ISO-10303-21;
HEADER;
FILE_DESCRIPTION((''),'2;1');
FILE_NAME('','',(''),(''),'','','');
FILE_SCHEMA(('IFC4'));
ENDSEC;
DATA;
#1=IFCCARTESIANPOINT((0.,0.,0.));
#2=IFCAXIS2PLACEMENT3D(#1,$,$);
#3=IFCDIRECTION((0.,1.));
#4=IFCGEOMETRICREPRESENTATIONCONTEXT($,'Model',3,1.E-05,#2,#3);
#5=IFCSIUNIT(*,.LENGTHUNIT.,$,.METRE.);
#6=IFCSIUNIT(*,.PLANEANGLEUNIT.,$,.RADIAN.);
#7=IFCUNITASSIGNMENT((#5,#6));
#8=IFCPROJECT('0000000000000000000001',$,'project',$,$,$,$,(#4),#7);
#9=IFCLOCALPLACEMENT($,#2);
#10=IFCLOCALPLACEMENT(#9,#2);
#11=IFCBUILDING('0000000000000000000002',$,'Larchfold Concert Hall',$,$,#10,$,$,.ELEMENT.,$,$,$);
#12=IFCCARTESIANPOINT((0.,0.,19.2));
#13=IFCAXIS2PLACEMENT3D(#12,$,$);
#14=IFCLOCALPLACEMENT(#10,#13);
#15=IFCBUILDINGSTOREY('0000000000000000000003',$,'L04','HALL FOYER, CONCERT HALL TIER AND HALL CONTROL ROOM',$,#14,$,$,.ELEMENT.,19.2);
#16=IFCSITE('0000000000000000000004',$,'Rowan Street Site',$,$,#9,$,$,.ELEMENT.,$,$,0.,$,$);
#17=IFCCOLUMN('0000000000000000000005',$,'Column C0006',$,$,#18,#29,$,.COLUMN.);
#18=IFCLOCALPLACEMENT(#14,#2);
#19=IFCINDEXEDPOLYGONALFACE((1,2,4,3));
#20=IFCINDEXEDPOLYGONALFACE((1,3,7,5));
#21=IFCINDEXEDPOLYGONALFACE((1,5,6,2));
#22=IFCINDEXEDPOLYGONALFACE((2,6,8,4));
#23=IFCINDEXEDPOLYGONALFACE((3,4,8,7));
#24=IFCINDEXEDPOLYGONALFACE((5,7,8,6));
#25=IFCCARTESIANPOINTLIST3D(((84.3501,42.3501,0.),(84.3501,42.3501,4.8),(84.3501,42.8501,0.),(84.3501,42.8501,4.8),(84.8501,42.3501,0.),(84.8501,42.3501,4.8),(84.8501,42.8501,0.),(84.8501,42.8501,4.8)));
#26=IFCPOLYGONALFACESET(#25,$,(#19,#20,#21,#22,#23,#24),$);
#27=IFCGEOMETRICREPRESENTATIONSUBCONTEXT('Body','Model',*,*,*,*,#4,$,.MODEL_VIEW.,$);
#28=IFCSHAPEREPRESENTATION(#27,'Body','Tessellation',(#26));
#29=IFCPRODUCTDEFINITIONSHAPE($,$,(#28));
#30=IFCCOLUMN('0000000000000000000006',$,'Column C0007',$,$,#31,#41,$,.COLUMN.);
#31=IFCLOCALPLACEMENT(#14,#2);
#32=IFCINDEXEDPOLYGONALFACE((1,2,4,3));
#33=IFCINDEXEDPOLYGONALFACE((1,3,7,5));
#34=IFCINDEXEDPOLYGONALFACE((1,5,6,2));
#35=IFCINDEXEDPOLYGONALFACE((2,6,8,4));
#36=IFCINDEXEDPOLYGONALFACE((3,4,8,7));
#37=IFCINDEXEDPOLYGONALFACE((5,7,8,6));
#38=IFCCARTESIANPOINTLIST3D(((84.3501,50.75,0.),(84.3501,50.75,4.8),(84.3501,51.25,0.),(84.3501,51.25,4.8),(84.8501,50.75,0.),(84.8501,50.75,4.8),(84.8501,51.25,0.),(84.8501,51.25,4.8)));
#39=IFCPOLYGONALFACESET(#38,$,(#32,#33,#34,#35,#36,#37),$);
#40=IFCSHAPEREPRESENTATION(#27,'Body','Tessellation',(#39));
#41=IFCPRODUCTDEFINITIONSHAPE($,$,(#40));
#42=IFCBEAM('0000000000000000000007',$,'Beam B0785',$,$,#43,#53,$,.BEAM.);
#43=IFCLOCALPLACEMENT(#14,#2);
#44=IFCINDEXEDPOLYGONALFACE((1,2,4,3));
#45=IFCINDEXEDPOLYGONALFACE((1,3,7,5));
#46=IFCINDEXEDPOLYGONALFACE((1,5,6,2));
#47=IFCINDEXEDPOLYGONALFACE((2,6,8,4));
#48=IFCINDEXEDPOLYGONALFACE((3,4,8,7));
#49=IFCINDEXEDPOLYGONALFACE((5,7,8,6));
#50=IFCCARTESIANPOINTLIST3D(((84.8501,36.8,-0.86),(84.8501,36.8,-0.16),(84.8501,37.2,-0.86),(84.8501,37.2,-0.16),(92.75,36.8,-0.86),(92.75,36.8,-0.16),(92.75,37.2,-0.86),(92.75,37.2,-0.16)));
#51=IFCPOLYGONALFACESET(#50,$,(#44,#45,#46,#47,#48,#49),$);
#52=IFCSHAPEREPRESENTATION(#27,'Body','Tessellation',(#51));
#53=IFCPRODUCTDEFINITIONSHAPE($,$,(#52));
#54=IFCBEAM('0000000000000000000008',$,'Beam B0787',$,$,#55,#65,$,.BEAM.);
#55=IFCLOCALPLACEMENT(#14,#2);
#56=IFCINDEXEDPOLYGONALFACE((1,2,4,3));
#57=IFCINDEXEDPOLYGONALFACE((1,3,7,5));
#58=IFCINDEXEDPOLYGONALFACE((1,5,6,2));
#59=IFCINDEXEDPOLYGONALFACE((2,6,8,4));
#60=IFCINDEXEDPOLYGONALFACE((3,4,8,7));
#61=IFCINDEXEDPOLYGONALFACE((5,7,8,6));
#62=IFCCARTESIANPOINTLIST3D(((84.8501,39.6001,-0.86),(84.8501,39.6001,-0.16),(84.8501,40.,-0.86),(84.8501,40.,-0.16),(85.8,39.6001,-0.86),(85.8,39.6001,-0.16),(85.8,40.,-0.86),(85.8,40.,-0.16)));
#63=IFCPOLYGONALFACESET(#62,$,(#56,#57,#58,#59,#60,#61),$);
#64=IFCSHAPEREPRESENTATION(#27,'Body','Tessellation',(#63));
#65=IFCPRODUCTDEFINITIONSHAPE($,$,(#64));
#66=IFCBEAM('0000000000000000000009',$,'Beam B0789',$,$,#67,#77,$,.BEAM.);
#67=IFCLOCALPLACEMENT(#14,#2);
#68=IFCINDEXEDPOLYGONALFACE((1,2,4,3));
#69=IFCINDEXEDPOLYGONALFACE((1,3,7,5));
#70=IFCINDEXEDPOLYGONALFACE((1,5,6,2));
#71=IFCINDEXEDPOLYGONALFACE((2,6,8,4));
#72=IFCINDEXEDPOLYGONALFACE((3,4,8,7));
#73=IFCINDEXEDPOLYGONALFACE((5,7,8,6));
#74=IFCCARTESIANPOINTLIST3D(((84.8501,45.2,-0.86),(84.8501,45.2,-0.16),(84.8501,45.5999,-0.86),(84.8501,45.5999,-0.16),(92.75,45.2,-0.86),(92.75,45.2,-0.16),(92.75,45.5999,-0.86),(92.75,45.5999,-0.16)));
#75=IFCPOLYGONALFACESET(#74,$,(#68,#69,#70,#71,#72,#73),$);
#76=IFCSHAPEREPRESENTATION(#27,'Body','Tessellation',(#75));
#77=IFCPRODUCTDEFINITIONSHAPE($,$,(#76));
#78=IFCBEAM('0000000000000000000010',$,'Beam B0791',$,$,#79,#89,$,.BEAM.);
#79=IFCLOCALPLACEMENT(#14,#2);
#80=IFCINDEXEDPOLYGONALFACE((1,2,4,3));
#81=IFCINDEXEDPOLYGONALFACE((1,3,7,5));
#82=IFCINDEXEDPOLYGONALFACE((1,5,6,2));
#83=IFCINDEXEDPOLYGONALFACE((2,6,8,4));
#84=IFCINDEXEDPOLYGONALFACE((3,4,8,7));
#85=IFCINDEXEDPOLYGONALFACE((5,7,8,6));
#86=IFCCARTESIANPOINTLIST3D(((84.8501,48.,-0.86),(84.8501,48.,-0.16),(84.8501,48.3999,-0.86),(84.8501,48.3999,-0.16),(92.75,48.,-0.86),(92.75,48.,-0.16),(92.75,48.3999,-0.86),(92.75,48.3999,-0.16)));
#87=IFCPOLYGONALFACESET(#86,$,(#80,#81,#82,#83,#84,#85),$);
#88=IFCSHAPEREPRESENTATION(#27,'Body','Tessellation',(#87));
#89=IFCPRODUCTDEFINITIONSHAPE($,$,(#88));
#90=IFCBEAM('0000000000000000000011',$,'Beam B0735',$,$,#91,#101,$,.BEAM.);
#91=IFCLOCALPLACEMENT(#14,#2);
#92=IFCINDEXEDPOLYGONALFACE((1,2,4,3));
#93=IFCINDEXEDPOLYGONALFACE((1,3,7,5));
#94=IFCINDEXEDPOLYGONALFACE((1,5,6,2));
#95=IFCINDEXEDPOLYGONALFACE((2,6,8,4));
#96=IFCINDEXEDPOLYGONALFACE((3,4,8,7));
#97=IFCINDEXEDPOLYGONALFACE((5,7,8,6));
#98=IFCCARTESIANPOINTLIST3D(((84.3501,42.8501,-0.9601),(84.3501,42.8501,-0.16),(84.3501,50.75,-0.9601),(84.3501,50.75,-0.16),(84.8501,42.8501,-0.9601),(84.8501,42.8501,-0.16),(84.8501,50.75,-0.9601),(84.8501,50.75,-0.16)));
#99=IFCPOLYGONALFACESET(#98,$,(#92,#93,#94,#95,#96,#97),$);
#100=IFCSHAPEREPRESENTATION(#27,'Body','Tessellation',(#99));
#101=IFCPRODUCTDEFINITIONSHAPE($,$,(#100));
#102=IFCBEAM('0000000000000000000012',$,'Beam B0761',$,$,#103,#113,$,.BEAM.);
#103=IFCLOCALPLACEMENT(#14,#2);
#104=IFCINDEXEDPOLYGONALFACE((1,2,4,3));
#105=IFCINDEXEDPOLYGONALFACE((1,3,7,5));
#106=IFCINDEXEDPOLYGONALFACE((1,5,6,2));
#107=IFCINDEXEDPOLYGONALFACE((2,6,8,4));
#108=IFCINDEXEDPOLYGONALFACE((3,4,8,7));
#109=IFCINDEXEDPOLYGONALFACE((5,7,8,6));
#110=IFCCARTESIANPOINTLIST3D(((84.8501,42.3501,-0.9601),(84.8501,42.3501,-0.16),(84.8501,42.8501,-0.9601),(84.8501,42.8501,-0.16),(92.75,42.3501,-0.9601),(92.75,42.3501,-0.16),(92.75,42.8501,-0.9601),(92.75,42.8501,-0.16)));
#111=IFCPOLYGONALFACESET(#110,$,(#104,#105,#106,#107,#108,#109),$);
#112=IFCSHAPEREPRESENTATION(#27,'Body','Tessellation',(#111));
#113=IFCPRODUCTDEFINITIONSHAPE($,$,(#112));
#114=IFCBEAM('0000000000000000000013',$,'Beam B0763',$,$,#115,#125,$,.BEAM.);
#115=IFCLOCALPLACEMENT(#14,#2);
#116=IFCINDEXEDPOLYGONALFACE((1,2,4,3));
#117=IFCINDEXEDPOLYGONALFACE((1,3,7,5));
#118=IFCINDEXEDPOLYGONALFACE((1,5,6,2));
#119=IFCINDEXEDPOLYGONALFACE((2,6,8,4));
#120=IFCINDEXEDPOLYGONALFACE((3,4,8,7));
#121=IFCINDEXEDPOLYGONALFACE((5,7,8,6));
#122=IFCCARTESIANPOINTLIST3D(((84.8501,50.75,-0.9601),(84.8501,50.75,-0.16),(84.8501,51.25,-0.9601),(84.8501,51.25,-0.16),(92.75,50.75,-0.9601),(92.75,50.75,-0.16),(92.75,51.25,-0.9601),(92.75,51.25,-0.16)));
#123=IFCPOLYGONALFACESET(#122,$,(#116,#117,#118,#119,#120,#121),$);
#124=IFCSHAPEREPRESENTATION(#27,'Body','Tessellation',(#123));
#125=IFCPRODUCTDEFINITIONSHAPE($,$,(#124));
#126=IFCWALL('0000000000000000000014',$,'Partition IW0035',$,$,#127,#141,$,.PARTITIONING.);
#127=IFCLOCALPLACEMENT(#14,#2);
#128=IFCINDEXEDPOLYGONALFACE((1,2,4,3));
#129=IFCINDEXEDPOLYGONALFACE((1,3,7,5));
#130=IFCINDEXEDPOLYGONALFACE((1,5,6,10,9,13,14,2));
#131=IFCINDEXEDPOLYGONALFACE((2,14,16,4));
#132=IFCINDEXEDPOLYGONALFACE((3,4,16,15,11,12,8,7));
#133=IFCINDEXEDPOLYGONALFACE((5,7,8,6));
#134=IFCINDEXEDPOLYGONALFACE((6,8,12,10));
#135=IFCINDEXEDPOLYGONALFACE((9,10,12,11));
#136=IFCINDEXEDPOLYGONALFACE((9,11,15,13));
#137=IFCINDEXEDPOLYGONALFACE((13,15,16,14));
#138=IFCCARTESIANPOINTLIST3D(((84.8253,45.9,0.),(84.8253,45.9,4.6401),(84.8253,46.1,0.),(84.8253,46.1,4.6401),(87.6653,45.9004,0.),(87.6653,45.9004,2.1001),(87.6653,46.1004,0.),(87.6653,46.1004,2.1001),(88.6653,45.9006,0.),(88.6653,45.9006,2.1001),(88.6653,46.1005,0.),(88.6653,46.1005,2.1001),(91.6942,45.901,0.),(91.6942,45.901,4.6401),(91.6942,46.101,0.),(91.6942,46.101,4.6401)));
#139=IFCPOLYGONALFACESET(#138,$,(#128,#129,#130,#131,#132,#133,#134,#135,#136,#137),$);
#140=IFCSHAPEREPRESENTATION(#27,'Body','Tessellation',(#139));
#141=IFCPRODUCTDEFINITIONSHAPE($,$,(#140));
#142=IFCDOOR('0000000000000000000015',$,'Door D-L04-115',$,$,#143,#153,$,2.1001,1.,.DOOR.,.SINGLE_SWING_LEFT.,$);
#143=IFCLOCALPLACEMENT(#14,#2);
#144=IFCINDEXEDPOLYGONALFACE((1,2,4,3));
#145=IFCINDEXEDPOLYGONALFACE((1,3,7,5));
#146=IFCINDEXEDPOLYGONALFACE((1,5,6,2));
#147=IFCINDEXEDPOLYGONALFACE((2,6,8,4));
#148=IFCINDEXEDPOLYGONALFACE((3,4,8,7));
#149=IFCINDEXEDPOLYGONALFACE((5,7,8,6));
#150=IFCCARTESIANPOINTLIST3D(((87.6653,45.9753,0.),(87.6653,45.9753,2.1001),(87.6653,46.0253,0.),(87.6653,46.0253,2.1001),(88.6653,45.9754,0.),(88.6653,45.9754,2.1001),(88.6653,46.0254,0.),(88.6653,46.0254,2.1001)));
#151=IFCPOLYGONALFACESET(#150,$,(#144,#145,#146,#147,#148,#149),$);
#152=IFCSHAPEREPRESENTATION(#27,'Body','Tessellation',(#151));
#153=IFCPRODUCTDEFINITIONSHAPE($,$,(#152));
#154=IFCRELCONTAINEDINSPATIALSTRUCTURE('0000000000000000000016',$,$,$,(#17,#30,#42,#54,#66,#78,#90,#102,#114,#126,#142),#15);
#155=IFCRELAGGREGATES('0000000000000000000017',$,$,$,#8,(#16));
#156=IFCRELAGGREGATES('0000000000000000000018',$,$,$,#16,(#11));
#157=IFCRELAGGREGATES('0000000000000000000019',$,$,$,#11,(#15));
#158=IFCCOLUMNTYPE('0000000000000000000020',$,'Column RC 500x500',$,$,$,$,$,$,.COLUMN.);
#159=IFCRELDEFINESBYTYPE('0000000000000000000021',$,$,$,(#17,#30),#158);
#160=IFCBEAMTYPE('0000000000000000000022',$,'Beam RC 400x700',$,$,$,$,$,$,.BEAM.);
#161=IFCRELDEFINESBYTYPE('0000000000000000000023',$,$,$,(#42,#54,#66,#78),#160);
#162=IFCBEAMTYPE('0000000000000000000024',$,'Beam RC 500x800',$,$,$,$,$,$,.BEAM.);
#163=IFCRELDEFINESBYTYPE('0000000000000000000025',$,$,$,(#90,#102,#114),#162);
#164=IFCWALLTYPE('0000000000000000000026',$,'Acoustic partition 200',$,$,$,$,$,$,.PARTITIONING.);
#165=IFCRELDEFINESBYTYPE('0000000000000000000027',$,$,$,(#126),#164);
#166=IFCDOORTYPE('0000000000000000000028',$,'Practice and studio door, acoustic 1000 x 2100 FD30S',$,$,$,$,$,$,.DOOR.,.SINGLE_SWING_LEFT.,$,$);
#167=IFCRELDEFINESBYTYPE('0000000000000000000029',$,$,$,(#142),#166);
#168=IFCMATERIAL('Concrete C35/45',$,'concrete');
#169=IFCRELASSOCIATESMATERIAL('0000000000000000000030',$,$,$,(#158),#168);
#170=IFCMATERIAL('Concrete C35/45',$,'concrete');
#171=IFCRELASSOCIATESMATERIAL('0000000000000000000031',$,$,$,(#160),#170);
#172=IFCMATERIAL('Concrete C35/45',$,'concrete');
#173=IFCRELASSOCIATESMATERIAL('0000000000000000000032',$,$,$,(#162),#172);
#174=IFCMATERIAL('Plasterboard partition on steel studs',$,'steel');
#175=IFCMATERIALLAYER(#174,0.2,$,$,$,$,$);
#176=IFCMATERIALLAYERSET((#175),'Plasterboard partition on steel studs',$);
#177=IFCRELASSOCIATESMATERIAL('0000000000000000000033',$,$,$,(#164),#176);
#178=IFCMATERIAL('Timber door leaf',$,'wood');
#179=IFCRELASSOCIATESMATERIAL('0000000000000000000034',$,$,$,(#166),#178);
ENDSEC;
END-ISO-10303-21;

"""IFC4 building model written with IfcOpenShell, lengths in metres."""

from ifc_helpers import new_model, si_unit, direction, frame, frame_2d, origin, origin_2d, place, context, subcontext, project, spatial, rectangle, extrude, material, layer, layer_set, material_profile, profile_set, type_object, element, fill, save


model = new_model("IFC4")

# Units and contexts
model_context = context("Model", 3, precision=1e-05, world=origin(), true_north=direction((0.0, 1.0)))
body_context = subcontext(model_context, "Body", "Model", "MODEL_VIEW")
ifc_project = project(units=[si_unit("LENGTHUNIT", "METRE"), si_unit("PLANEANGLEUNIT", "RADIAN")], contexts=[model_context])

# Site, building, storey
site_placement = place(None, origin())
site = spatial("IfcSite", under=ifc_project, at=site_placement, Name="Rowan Street Site", CompositionType="ELEMENT", RefElevation=0.0)
building_placement = place(site_placement, origin())
building = spatial("IfcBuilding", under=site, at=building_placement, Name="Larchfold Concert Hall", CompositionType="ELEMENT")
storey_placement = place(building_placement, frame((0.0, 0.0, 19.2)))
storey = spatial("IfcBuildingStorey", under=building, at=storey_placement, Name="L04", Description="HALL FOYER, CONCERT HALL TIER AND HALL CONTROL ROOM", CompositionType="ELEMENT", Elevation=19.2)

# Columns
ifc_material_1 = material(Name="Concrete C35/45", Category="concrete")
ifc_material_profile_1 = material_profile(ifc_material_1, rectangle(XDim=0.5, YDim=0.5, at=origin_2d()))
ifc_profile_set_1 = profile_set([ifc_material_profile_1], Name="Concrete C35/45")
column_type = type_object("IfcColumnType", Name="Column RC 500x500", PredefinedType="COLUMN", material=ifc_profile_set_1)
for number, where, z_axis, x_axis, name in (
    (1, (84.6001, 42.6001, 0.0), (0.0, 0.0, 1.0), (1.0, 0.0, 0.0), "Column C0006"),
    (2, (84.6001, 51.0, 0.0), (0.0, 0.0, 1.0), (1.0, 0.0, 0.0), "Column C0007"),
):
    element("IfcColumn", number, at=place(storey_placement, frame(where, z_axis=z_axis, x_axis=x_axis)), inside=storey, type_object=column_type, Name=name, PredefinedType="COLUMN", context=body_context, shape_type="SweptSolid", body=[
        extrude(rectangle(XDim=0.5, YDim=0.5, at=origin_2d()), origin(), (0.0, 0.0, 1.0), 4.8),
    ])

# Beams
ifc_material_2 = material(Name="Concrete C35/45", Category="concrete")
ifc_material_profile_2 = material_profile(ifc_material_2, rectangle(XDim=0.3999, YDim=0.7, at=origin_2d()))
ifc_profile_set_2 = profile_set([ifc_material_profile_2], Name="Concrete C35/45")
beam_type_1 = type_object("IfcBeamType", Name="Beam RC 400x700", PredefinedType="BEAM", material=ifc_profile_set_2)
beam_1_placement = place(storey_placement, frame((84.8501, 37.0, -0.51), z_axis=(1.0, 0.0, 0.0), x_axis=(0.0, 1.0, 0.0)))
element("IfcBeam", 3, at=beam_1_placement, inside=storey, type_object=beam_type_1, Name="Beam B0785", PredefinedType="BEAM", context=body_context, shape_type="SweptSolid", body=[
    extrude(rectangle(XDim=0.3999, YDim=0.7, at=origin_2d()), origin(), (0.0, 0.0, 1.0), 7.8999),
])
beam_2_placement = place(storey_placement, frame((84.8501, 39.8, -0.51), z_axis=(1.0, 0.0, 0.0), x_axis=(0.0, 1.0, 0.0)))
element("IfcBeam", 4, at=beam_2_placement, inside=storey, type_object=beam_type_1, Name="Beam B0787", PredefinedType="BEAM", context=body_context, shape_type="SweptSolid", body=[
    extrude(rectangle(XDim=0.3999, YDim=0.7, at=origin_2d()), origin(), (0.0, 0.0, 1.0), 0.95),
])
for number, where, z_axis, x_axis, name in (
    (5, (84.8501, 45.3999, -0.51), (1.0, 0.0, 0.0), (0.0, 1.0, 0.0), "Beam B0789"),
    (6, (84.8501, 48.2, -0.51), (1.0, 0.0, 0.0), (0.0, 1.0, 0.0), "Beam B0791"),
):
    element("IfcBeam", number, at=place(storey_placement, frame(where, z_axis=z_axis, x_axis=x_axis)), inside=storey, type_object=beam_type_1, Name=name, PredefinedType="BEAM", context=body_context, shape_type="SweptSolid", body=[
        extrude(rectangle(XDim=0.3999, YDim=0.7, at=origin_2d()), origin(), (0.0, 0.0, 1.0), 7.8999),
    ])
ifc_material_3 = material(Name="Concrete C35/45", Category="concrete")
ifc_material_profile_3 = material_profile(ifc_material_3, rectangle(XDim=0.5, YDim=0.8, at=origin_2d()))
ifc_profile_set_3 = profile_set([ifc_material_profile_3], Name="Concrete C35/45")
beam_type_2 = type_object("IfcBeamType", Name="Beam RC 500x800", PredefinedType="BEAM", material=ifc_profile_set_3)
for number, where, z_axis, x_axis, name in (
    (7, (84.6001, 42.8501, -0.5601), (0.0, 1.0, 0.0), (-1.0, 0.0, 0.0), "Beam B0735"),
    (8, (84.8501, 42.6001, -0.5601), (1.0, 0.0, 0.0), (0.0, 1.0, 0.0), "Beam B0761"),
    (9, (84.8501, 51.0, -0.5601), (1.0, 0.0, 0.0), (0.0, 1.0, 0.0), "Beam B0763"),
):
    element("IfcBeam", number, at=place(storey_placement, frame(where, z_axis=z_axis, x_axis=x_axis)), inside=storey, type_object=beam_type_2, Name=name, PredefinedType="BEAM", context=body_context, shape_type="SweptSolid", body=[
        extrude(rectangle(XDim=0.5, YDim=0.8, at=origin_2d()), origin(), (0.0, 0.0, 1.0), 7.8999),
    ])

# Wall, opening, door
ifc_material_4 = material(Name="Plasterboard partition on steel studs", Category="steel")
ifc_layer_1 = layer(ifc_material_4, 0.2)
ifc_layer_set_1 = layer_set([ifc_layer_1], Name="Plasterboard partition on steel studs")
wall_type_1 = type_object("IfcWallType", Name="Acoustic partition 200", PredefinedType="PARTITIONING", material=ifc_layer_set_1)
wall_1_placement = place(storey_placement, frame((84.8252, 46.0, 0.0), z_axis=(0.0, 0.0, 1.0), x_axis=(1.0, 0.000142, 0.0)))
wall_1 = element("IfcWall", 10, at=wall_1_placement, inside=storey, type_object=wall_type_1, Name="Partition IW0035", PredefinedType="PARTITIONING", context=body_context, shape_type="SweptSolid", body=[
    extrude(rectangle(XDim=6.8689, YDim=0.2, at=frame_2d((3.4346, 0.0))), origin(), (0.0, 0.0, 1.0), 4.6401),
])
opening_1_placement = place(wall_1_placement, frame((2.8401, 0.0, 0.0)))
opening_1 = element("IfcOpeningElement", 11, at=opening_1_placement, cuts=wall_1, PredefinedType="OPENING", context=body_context, shape_type="SweptSolid", body=[
    extrude(rectangle(XDim=1.0, YDim=2.1001, at=frame_2d((0.5, 1.05))), frame((0.0, 0.1099, 0.0), z_axis=(0.0, -1.0, 0.0), x_axis=(1.0, 0.0, 0.0)), (0.0, 0.0, 1.0), 0.22),
])
ifc_material_5 = material(Name="Timber door leaf", Category="wood")
door_type = type_object("IfcDoorType", Name="Practice and studio door, acoustic 1000 x 2100 FD30S", OperationType="SINGLE_SWING_LEFT", PredefinedType="DOOR", material=ifc_material_5)
door_placement = place(opening_1_placement, origin())
door = element("IfcDoor", 12, at=door_placement, inside=storey, type_object=door_type, Name="Door D-L04-115", OperationType="SINGLE_SWING_LEFT", OverallHeight=2.1001, OverallWidth=1.0, PredefinedType="DOOR", context=body_context, shape_type="SweptSolid", body=[
    extrude(rectangle(XDim=1.0, YDim=2.1001, at=frame_2d((0.5, 1.05))), frame((0.0, 0.0249, 0.0), z_axis=(0.0, -1.0, 0.0), x_axis=(1.0, 0.0, 0.0)), (0.0, 0.0, 1.0), 0.05),
])
fill(opening_1, door)

save(model, "model.ifc")
